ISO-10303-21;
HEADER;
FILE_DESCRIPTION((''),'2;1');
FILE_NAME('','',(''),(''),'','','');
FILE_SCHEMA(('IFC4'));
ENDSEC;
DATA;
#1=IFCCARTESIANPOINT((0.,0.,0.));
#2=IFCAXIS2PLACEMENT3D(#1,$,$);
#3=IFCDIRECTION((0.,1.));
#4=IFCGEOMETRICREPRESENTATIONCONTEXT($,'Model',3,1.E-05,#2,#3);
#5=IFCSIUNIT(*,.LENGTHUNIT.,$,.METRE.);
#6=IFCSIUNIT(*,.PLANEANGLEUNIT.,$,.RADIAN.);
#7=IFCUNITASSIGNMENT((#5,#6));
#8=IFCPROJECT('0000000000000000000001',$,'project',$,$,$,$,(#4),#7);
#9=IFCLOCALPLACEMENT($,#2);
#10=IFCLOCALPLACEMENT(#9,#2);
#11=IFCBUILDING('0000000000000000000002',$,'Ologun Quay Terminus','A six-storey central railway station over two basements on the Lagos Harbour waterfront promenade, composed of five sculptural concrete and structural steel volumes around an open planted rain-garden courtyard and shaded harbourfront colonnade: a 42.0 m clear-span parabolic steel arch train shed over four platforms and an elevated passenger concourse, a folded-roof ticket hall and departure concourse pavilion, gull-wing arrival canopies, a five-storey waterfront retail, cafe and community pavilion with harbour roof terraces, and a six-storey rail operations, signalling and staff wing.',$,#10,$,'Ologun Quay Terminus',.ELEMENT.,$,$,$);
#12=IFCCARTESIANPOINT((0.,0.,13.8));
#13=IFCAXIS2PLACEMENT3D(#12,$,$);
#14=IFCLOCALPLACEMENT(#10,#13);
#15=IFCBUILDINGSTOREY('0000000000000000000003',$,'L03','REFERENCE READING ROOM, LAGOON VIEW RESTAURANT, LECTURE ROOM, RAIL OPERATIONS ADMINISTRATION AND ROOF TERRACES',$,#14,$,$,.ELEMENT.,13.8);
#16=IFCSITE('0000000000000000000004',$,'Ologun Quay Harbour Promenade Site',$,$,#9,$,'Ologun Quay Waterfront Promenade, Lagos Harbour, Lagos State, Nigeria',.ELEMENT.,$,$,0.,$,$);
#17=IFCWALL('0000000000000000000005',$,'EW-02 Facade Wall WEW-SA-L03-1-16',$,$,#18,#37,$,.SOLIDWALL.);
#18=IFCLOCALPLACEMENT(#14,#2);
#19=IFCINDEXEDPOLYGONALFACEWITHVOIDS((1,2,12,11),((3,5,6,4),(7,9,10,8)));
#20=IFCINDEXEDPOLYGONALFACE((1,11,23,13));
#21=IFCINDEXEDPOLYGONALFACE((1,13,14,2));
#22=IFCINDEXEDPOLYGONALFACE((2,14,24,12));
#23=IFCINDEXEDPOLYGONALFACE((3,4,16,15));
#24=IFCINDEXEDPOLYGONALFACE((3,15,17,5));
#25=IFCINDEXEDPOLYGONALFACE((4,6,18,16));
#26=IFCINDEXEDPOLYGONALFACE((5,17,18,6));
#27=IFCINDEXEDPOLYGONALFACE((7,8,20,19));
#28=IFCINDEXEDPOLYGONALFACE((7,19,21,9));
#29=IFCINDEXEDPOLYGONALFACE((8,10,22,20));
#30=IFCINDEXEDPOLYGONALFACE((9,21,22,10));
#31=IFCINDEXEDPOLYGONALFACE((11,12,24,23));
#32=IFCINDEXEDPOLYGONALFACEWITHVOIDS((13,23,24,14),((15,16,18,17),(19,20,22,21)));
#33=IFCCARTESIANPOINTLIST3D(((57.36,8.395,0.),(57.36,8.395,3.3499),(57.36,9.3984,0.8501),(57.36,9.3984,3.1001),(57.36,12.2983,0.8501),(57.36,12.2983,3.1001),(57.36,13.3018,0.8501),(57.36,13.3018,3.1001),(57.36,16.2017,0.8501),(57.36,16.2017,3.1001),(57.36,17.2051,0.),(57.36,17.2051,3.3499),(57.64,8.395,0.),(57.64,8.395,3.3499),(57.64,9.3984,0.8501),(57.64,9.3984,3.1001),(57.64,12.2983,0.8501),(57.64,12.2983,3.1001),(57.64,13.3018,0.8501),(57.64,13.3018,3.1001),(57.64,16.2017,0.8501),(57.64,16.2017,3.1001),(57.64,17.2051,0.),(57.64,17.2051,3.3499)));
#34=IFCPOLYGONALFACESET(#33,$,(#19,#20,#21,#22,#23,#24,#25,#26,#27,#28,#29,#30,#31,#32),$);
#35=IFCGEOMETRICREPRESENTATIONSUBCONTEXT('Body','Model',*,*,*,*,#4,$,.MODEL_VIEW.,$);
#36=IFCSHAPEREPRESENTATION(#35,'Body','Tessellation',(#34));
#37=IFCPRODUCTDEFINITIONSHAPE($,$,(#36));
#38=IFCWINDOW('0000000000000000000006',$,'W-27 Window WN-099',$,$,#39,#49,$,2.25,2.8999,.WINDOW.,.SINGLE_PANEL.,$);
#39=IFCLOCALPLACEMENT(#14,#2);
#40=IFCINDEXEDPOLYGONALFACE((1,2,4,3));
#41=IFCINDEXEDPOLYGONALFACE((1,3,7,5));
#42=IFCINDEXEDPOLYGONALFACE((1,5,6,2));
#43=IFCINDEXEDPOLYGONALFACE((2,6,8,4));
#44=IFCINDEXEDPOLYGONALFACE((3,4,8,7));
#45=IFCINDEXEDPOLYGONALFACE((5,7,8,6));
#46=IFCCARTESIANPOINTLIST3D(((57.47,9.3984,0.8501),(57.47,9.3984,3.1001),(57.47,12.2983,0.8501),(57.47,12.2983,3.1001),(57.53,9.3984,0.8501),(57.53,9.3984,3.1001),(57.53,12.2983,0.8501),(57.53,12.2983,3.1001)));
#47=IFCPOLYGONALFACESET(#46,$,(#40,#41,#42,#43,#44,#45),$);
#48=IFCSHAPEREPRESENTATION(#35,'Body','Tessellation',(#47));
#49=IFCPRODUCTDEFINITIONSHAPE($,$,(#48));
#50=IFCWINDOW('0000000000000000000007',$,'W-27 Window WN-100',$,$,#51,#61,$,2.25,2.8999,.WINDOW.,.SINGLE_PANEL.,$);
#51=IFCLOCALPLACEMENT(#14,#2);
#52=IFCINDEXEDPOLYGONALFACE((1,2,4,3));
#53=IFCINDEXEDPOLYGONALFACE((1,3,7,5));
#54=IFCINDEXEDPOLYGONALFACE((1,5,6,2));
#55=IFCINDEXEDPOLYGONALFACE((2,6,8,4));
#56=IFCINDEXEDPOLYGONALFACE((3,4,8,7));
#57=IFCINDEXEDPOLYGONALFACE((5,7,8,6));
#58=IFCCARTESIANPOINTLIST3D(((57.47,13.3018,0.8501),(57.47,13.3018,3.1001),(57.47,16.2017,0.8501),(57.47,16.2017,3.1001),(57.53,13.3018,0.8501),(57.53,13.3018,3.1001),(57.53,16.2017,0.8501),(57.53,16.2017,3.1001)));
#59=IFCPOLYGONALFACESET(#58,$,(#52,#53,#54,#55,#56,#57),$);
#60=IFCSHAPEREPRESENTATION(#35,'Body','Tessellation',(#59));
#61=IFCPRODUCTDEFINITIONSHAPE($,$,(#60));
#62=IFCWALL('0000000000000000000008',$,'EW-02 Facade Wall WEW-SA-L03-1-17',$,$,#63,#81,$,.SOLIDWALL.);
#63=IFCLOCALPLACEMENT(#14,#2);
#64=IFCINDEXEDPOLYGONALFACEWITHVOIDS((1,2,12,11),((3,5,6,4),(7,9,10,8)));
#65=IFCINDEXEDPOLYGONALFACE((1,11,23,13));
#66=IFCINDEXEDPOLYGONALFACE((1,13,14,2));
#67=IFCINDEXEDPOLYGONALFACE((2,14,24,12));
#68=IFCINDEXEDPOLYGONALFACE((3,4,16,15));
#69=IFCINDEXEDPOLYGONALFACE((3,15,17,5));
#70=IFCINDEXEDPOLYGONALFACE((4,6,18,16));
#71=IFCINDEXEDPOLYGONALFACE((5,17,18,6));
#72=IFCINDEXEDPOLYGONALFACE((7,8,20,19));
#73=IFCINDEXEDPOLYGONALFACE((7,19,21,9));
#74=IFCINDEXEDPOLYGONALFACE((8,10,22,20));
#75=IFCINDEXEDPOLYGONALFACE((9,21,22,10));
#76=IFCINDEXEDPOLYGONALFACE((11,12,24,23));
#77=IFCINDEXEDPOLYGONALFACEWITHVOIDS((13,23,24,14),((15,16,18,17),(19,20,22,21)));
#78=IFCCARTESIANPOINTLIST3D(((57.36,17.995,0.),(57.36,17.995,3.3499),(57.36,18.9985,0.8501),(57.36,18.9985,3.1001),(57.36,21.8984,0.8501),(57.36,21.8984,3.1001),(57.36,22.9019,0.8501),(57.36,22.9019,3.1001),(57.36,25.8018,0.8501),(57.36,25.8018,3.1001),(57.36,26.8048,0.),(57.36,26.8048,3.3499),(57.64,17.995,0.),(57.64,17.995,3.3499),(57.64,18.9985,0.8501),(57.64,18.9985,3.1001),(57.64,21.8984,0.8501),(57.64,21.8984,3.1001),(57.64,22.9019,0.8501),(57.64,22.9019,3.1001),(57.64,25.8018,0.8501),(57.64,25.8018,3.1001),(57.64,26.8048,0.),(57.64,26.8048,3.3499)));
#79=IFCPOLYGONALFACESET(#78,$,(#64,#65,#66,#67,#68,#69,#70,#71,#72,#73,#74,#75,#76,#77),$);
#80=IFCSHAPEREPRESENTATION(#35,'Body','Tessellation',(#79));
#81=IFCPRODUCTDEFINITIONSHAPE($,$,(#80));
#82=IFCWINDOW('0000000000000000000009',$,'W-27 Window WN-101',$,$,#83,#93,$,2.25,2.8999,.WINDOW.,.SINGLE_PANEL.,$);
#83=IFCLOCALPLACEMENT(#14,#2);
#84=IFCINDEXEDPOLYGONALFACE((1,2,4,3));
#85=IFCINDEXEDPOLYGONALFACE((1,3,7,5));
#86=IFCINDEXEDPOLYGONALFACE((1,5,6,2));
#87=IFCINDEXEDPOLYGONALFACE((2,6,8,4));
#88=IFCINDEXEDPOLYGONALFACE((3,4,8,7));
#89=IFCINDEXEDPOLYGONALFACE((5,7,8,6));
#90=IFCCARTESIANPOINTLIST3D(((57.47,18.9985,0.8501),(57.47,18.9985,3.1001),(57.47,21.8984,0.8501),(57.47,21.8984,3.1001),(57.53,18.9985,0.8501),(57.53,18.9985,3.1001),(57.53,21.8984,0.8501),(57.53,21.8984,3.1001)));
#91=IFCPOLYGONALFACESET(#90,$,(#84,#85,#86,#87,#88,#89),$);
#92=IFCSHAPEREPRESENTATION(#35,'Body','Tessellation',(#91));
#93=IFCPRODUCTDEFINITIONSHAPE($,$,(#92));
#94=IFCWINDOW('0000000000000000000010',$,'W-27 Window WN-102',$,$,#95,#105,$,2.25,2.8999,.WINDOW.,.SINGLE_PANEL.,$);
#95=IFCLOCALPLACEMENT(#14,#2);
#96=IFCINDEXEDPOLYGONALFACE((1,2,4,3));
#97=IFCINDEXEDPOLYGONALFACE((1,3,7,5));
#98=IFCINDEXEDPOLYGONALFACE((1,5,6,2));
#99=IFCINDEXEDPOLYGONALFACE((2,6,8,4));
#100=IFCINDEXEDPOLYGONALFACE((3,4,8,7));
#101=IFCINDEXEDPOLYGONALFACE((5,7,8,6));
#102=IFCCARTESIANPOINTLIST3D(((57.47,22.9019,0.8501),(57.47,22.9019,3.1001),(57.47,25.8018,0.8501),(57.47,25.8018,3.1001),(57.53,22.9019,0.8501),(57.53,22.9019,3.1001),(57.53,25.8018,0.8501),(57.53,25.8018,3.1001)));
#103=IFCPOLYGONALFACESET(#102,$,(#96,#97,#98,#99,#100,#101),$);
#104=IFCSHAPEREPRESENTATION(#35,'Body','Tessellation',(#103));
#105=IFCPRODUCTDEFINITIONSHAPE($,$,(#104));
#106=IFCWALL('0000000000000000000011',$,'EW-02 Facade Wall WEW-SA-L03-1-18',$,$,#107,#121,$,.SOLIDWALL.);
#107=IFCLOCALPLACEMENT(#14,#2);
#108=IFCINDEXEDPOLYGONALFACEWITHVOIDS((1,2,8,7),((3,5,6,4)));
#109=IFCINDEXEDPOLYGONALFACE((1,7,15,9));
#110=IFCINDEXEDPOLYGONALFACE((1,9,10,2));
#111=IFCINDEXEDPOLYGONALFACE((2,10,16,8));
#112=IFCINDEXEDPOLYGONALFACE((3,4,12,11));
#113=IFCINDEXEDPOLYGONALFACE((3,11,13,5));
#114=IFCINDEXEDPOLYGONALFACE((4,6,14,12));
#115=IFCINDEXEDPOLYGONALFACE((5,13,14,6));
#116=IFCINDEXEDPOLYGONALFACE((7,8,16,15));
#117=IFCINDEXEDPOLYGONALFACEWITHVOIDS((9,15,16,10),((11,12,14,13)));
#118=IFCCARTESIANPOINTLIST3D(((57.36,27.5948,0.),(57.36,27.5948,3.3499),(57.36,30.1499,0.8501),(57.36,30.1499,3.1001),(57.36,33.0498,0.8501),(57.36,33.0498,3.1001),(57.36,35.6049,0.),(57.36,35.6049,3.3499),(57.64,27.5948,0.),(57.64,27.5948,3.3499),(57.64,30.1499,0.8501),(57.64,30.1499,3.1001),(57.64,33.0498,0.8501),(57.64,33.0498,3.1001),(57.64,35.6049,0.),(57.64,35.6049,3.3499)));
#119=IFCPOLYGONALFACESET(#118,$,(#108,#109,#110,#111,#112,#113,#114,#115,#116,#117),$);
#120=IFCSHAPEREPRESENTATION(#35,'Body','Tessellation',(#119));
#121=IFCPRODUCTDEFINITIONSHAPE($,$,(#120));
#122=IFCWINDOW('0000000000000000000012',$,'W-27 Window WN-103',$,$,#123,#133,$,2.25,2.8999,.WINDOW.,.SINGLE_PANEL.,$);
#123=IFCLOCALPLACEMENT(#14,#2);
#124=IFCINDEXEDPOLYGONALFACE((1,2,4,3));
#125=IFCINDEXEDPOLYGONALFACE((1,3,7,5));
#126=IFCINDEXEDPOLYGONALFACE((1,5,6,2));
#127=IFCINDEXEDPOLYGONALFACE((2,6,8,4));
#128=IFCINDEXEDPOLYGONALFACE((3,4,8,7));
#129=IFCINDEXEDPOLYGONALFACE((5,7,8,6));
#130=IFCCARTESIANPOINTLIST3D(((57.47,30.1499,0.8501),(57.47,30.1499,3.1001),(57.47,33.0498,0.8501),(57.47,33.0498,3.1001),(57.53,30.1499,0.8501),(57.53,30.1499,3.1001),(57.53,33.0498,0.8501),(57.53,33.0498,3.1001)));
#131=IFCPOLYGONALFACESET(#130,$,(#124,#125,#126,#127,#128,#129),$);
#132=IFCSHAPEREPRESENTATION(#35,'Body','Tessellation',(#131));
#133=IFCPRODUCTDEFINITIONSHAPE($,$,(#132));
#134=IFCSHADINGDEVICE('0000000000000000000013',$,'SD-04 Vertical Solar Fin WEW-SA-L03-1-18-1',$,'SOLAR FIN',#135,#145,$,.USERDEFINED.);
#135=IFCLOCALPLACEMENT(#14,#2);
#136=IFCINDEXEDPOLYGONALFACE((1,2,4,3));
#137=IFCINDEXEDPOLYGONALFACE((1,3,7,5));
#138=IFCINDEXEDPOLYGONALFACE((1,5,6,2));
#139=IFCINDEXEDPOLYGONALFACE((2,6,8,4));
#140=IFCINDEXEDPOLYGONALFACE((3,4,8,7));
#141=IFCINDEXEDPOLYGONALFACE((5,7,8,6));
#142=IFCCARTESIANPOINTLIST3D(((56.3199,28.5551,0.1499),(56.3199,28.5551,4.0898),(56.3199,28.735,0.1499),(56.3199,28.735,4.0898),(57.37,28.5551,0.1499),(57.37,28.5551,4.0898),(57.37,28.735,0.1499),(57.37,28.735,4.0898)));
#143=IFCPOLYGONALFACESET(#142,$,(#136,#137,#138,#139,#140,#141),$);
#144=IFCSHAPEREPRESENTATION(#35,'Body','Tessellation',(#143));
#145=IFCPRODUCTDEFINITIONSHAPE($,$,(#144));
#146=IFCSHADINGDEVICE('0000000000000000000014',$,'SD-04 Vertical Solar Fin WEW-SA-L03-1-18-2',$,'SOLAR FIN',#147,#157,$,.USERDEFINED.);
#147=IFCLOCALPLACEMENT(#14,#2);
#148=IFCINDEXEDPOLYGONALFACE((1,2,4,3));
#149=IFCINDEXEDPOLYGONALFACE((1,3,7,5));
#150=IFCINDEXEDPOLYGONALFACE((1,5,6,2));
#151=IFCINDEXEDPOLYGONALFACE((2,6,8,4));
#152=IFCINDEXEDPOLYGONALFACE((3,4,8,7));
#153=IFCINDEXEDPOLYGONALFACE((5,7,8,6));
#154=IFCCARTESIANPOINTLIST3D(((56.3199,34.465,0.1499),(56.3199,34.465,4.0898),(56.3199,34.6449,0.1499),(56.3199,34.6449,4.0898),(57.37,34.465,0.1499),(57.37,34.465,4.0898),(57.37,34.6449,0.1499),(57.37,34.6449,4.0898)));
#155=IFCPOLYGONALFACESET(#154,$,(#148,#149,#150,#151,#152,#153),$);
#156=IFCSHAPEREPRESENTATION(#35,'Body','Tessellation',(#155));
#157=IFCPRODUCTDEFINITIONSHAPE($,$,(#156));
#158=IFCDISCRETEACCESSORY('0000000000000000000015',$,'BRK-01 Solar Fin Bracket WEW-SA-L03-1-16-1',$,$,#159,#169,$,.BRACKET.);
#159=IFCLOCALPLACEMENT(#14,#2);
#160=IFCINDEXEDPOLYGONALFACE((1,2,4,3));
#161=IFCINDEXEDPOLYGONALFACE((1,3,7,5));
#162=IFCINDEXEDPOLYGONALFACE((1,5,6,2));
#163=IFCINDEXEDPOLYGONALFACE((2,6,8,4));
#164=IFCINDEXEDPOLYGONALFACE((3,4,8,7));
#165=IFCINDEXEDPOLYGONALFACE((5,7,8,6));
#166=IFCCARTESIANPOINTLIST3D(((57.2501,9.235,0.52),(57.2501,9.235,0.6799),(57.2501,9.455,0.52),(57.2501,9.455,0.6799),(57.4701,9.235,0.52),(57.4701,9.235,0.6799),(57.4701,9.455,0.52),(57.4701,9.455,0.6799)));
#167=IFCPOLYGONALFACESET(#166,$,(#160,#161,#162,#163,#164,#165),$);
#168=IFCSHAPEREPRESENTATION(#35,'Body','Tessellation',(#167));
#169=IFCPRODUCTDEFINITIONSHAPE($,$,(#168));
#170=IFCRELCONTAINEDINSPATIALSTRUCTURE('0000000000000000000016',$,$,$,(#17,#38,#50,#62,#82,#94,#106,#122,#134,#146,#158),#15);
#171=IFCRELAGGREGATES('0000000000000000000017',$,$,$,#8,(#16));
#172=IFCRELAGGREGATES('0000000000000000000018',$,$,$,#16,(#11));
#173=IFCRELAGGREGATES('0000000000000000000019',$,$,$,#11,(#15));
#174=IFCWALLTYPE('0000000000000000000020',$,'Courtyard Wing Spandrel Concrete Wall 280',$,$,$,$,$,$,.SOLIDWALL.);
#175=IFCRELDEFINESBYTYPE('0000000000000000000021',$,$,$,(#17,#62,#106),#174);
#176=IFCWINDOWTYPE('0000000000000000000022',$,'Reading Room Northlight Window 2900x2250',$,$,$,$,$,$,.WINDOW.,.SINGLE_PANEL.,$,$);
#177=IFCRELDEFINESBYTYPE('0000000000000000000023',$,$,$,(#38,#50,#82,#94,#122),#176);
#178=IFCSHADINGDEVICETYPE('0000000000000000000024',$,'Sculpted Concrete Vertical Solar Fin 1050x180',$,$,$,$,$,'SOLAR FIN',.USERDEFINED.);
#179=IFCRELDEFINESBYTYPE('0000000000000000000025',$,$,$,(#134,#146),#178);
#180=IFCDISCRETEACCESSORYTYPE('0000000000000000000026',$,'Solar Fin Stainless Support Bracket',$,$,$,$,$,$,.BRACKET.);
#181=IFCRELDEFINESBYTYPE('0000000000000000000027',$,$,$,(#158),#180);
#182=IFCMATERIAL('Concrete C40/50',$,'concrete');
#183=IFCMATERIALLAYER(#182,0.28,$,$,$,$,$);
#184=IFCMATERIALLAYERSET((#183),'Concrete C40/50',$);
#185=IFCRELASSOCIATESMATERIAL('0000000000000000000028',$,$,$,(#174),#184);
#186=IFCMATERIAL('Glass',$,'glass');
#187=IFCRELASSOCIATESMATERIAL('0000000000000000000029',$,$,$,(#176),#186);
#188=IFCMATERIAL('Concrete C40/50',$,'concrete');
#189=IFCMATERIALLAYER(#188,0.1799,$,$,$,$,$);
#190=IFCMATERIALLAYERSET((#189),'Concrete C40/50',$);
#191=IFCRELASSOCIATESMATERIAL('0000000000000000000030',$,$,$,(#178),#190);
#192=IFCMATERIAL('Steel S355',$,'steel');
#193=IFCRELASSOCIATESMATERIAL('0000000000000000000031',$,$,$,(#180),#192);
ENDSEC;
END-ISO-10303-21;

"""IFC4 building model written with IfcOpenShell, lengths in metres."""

from ifc_helpers import new_model, si_unit, direction, frame, frame_2d, origin, origin_2d, place, context, subcontext, project, spatial, rectangle, extrude, material, layer, layer_set, type_object, element, fill, save


model = new_model("IFC4")

# Units and contexts
model_context = context("Model", 3, precision=1e-05, world=origin(), true_north=direction((0.0, 1.0)))
body_context = subcontext(model_context, "Body", "Model", "MODEL_VIEW")
ifc_project = project(units=[si_unit("LENGTHUNIT", "METRE"), si_unit("PLANEANGLEUNIT", "RADIAN")], contexts=[model_context])

# Site, building, storey
site_placement = place(None, origin())
site = spatial("IfcSite", under=ifc_project, at=site_placement, Name="Ologun Quay Harbour Promenade Site", LongName="Ologun Quay Waterfront Promenade, Lagos Harbour, Lagos State, Nigeria", CompositionType="ELEMENT", RefElevation=0.0)
building_placement = place(site_placement, origin())
building = spatial("IfcBuilding", under=site, at=building_placement, Name="Ologun Quay Terminus", Description="A six-storey central railway station over two basements on the Lagos Harbour waterfront promenade, composed of five sculptural concrete and structural steel volumes around an open planted rain-garden courtyard and shaded harbourfront colonnade: a 42.0 m clear-span parabolic steel arch train shed over four platforms and an elevated passenger concourse, a folded-roof ticket hall and departure concourse pavilion, gull-wing arrival canopies, a five-storey waterfront retail, cafe and community pavilion with harbour roof terraces, and a six-storey rail operations, signalling and staff wing.", LongName="Ologun Quay Terminus", CompositionType="ELEMENT")
storey_placement = place(building_placement, frame((0.0, 0.0, 13.8)))
storey = spatial("IfcBuildingStorey", under=building, at=storey_placement, Name="L03", Description="REFERENCE READING ROOM, LAGOON VIEW RESTAURANT, LECTURE ROOM, RAIL OPERATIONS ADMINISTRATION AND ROOF TERRACES", CompositionType="ELEMENT", Elevation=13.8)

# Walls, openings, windows
ifc_material_1 = material(Name="Concrete C40/50", Category="concrete")
ifc_layer_1 = layer(ifc_material_1, 0.28)
ifc_layer_set_1 = layer_set([ifc_layer_1], Name="Concrete C40/50")
wall_type = type_object("IfcWallType", Name="Courtyard Wing Spandrel Concrete Wall 280", PredefinedType="SOLIDWALL", material=ifc_layer_set_1)
wall_1_placement = place(storey_placement, frame((57.5, 8.395, 0.0), z_axis=(0.0, 0.0, 1.0), x_axis=(0.0, 1.0, 0.0)))
wall_1 = element("IfcWall", 1, at=wall_1_placement, inside=storey, type_object=wall_type, Name="EW-02 Facade Wall WEW-SA-L03-1-16", PredefinedType="SOLIDWALL", context=body_context, shape_type="SweptSolid", body=[
    extrude(rectangle(XDim=8.8101, YDim=0.28, at=frame_2d((4.405, 0.0))), origin(), (0.0, 0.0, 1.0), 3.3499),
])
opening_1_placement = place(wall_1_placement, frame((1.0034, 0.0, 0.8501)))
opening_1 = element("IfcOpeningElement", 2, at=opening_1_placement, cuts=wall_1, PredefinedType="OPENING", context=body_context, shape_type="SweptSolid", body=[
    extrude(rectangle(XDim=2.8999, YDim=2.25, at=frame_2d((1.45, 1.125))), frame((0.0, 0.1499, 0.0), z_axis=(0.0, -1.0, 0.0), x_axis=(1.0, 0.0, 0.0)), (0.0, 0.0, 1.0), 0.3),
])
opening_2_placement = place(wall_1_placement, frame((4.9067, 0.0, 0.8501)))
opening_2 = element("IfcOpeningElement", 3, at=opening_2_placement, cuts=wall_1, PredefinedType="OPENING", context=body_context, shape_type="SweptSolid", body=[
    extrude(rectangle(XDim=2.8999, YDim=2.25, at=frame_2d((1.45, 1.125))), frame((0.0, 0.1499, 0.0), z_axis=(0.0, -1.0, 0.0), x_axis=(1.0, 0.0, 0.0)), (0.0, 0.0, 1.0), 0.3),
])
ifc_material_2 = material(Name="Glass", Category="glass")
window_type = type_object("IfcWindowType", Name="Reading Room Northlight Window 2900x2250", PartitioningType="SINGLE_PANEL", PredefinedType="WINDOW", material=ifc_material_2)
window_1_placement = place(opening_1_placement, origin())
window_1 = element("IfcWindow", 4, at=window_1_placement, inside=storey, type_object=window_type, Name="W-27 Window WN-099", OverallHeight=2.25, OverallWidth=2.8999, PartitioningType="SINGLE_PANEL", PredefinedType="WINDOW", context=body_context, shape_type="SweptSolid", body=[
    extrude(rectangle(XDim=2.8999, YDim=2.25, at=frame_2d((1.45, 1.125))), frame((0.0, 0.03, 0.0), z_axis=(0.0, -1.0, 0.0), x_axis=(1.0, 0.0, 0.0)), (0.0, 0.0, 1.0), 0.0601),
])
fill(opening_1, window_1)
window_2_placement = place(opening_2_placement, origin())
window_2 = element("IfcWindow", 5, at=window_2_placement, inside=storey, type_object=window_type, Name="W-27 Window WN-100", OverallHeight=2.25, OverallWidth=2.8999, PartitioningType="SINGLE_PANEL", PredefinedType="WINDOW", context=body_context, shape_type="SweptSolid", body=[
    extrude(rectangle(XDim=2.8999, YDim=2.25, at=frame_2d((1.45, 1.125))), frame((0.0, 0.03, 0.0), z_axis=(0.0, -1.0, 0.0), x_axis=(1.0, 0.0, 0.0)), (0.0, 0.0, 1.0), 0.0601),
])
fill(opening_2, window_2)
wall_2_placement = place(storey_placement, frame((57.5, 17.9951, 0.0), z_axis=(0.0, 0.0, 1.0), x_axis=(0.0, 1.0, 0.0)))
wall_2 = element("IfcWall", 6, at=wall_2_placement, inside=storey, type_object=wall_type, Name="EW-02 Facade Wall WEW-SA-L03-1-17", PredefinedType="SOLIDWALL", context=body_context, shape_type="SweptSolid", body=[
    extrude(rectangle(XDim=8.8098, YDim=0.28, at=frame_2d((4.4048, 0.0))), origin(), (0.0, 0.0, 1.0), 3.3499),
])
opening_3_placement = place(wall_2_placement, frame((1.0034, 0.0, 0.8501)))
opening_3 = element("IfcOpeningElement", 7, at=opening_3_placement, cuts=wall_2, PredefinedType="OPENING", context=body_context, shape_type="SweptSolid", body=[
    extrude(rectangle(XDim=2.8999, YDim=2.25, at=frame_2d((1.45, 1.125))), frame((0.0, 0.1499, 0.0), z_axis=(0.0, -1.0, 0.0), x_axis=(1.0, 0.0, 0.0)), (0.0, 0.0, 1.0), 0.3),
])
opening_4_placement = place(wall_2_placement, frame((4.9067, 0.0, 0.8501)))
opening_4 = element("IfcOpeningElement", 8, at=opening_4_placement, cuts=wall_2, PredefinedType="OPENING", context=body_context, shape_type="SweptSolid", body=[
    extrude(rectangle(XDim=2.8999, YDim=2.25, at=frame_2d((1.45, 1.125))), frame((0.0, 0.1499, 0.0), z_axis=(0.0, -1.0, 0.0), x_axis=(1.0, 0.0, 0.0)), (0.0, 0.0, 1.0), 0.3),
])
window_3_placement = place(opening_3_placement, origin())
window_3 = element("IfcWindow", 9, at=window_3_placement, inside=storey, type_object=window_type, Name="W-27 Window WN-101", OverallHeight=2.25, OverallWidth=2.8999, PartitioningType="SINGLE_PANEL", PredefinedType="WINDOW", context=body_context, shape_type="SweptSolid", body=[
    extrude(rectangle(XDim=2.8999, YDim=2.25, at=frame_2d((1.45, 1.125))), frame((0.0, 0.03, 0.0), z_axis=(0.0, -1.0, 0.0), x_axis=(1.0, 0.0, 0.0)), (0.0, 0.0, 1.0), 0.0601),
])
fill(opening_3, window_3)
window_4_placement = place(opening_4_placement, origin())
window_4 = element("IfcWindow", 10, at=window_4_placement, inside=storey, type_object=window_type, Name="W-27 Window WN-102", OverallHeight=2.25, OverallWidth=2.8999, PartitioningType="SINGLE_PANEL", PredefinedType="WINDOW", context=body_context, shape_type="SweptSolid", body=[
    extrude(rectangle(XDim=2.8999, YDim=2.25, at=frame_2d((1.45, 1.125))), frame((0.0, 0.03, 0.0), z_axis=(0.0, -1.0, 0.0), x_axis=(1.0, 0.0, 0.0)), (0.0, 0.0, 1.0), 0.0601),
])
fill(opening_4, window_4)

# Wall, opening, window
wall_3_placement = place(storey_placement, frame((57.5, 27.595, 0.0), z_axis=(0.0, 0.0, 1.0), x_axis=(0.0, 1.0, 0.0)))
wall_3 = element("IfcWall", 11, at=wall_3_placement, inside=storey, type_object=wall_type, Name="EW-02 Facade Wall WEW-SA-L03-1-18", PredefinedType="SOLIDWALL", context=body_context, shape_type="SweptSolid", body=[
    extrude(rectangle(XDim=8.01, YDim=0.28, at=frame_2d((4.0049, 0.0))), origin(), (0.0, 0.0, 1.0), 3.3499),
])
opening_5_placement = place(wall_3_placement, frame((2.5549, 0.0, 0.8501)))
opening_5 = element("IfcOpeningElement", 12, at=opening_5_placement, cuts=wall_3, PredefinedType="OPENING", context=body_context, shape_type="SweptSolid", body=[
    extrude(rectangle(XDim=2.8999, YDim=2.25, at=frame_2d((1.45, 1.125))), frame((0.0, 0.1499, 0.0), z_axis=(0.0, -1.0, 0.0), x_axis=(1.0, 0.0, 0.0)), (0.0, 0.0, 1.0), 0.3),
])
window_5_placement = place(opening_5_placement, origin())
window_5 = element("IfcWindow", 13, at=window_5_placement, inside=storey, type_object=window_type, Name="W-27 Window WN-103", OverallHeight=2.25, OverallWidth=2.8999, PartitioningType="SINGLE_PANEL", PredefinedType="WINDOW", context=body_context, shape_type="SweptSolid", body=[
    extrude(rectangle(XDim=2.8999, YDim=2.25, at=frame_2d((1.45, 1.125))), frame((0.0, 0.03, 0.0), z_axis=(0.0, -1.0, 0.0), x_axis=(1.0, 0.0, 0.0)), (0.0, 0.0, 1.0), 0.0601),
])
fill(opening_5, window_5)

# Shading devices
ifc_material_3 = material(Name="Concrete C40/50", Category="concrete")
ifc_layer_2 = layer(ifc_material_3, 0.1799)
ifc_layer_set_2 = layer_set([ifc_layer_2], Name="Concrete C40/50")
shading_device_type = type_object("IfcShadingDeviceType", Name="Sculpted Concrete Vertical Solar Fin 1050x180", ElementType="SOLAR FIN", PredefinedType="USERDEFINED", material=ifc_layer_set_2)
for number, where, z_axis, x_axis, name in (
    (14, (56.845, 28.645, 0.1499), (0.0, 0.0, 1.0), (1.0, 0.0, 0.0), "SD-04 Vertical Solar Fin WEW-SA-L03-1-18-1"),
    (15, (56.845, 34.5549, 0.1499), (0.0, 0.0, 1.0), (1.0, 0.0, 0.0), "SD-04 Vertical Solar Fin WEW-SA-L03-1-18-2"),
):
    element("IfcShadingDevice", number, at=place(storey_placement, frame(where, z_axis=z_axis, x_axis=x_axis)), inside=storey, type_object=shading_device_type, Name=name, ObjectType="SOLAR FIN", PredefinedType="USERDEFINED", context=body_context, shape_type="SweptSolid", body=[
        extrude(rectangle(XDim=1.05, YDim=0.1799, at=origin_2d()), origin(), (0.0, 0.0, 1.0), 3.9399),
    ])

# Discrete accessory
ifc_material_4 = material(Name="Steel S355", Category="steel")
discrete_accessory_type = type_object("IfcDiscreteAccessoryType", Name="Solar Fin Stainless Support Bracket", PredefinedType="BRACKET", material=ifc_material_4)
for number, where, z_axis, x_axis, name in (
    (16, (57.3601, 9.345, 0.52), (0.0, 0.0, 1.0), (1.0, 0.0, 0.0), "BRK-01 Solar Fin Bracket WEW-SA-L03-1-16-1"),
):
    element("IfcDiscreteAccessory", number, at=place(storey_placement, frame(where, z_axis=z_axis, x_axis=x_axis)), inside=storey, type_object=discrete_accessory_type, Name=name, PredefinedType="BRACKET", context=body_context, shape_type="SweptSolid", body=[
        extrude(rectangle(XDim=0.22, YDim=0.22, at=origin_2d()), origin(), (0.0, 0.0, 1.0), 0.1599),
    ])

save(model, "model.ifc")
